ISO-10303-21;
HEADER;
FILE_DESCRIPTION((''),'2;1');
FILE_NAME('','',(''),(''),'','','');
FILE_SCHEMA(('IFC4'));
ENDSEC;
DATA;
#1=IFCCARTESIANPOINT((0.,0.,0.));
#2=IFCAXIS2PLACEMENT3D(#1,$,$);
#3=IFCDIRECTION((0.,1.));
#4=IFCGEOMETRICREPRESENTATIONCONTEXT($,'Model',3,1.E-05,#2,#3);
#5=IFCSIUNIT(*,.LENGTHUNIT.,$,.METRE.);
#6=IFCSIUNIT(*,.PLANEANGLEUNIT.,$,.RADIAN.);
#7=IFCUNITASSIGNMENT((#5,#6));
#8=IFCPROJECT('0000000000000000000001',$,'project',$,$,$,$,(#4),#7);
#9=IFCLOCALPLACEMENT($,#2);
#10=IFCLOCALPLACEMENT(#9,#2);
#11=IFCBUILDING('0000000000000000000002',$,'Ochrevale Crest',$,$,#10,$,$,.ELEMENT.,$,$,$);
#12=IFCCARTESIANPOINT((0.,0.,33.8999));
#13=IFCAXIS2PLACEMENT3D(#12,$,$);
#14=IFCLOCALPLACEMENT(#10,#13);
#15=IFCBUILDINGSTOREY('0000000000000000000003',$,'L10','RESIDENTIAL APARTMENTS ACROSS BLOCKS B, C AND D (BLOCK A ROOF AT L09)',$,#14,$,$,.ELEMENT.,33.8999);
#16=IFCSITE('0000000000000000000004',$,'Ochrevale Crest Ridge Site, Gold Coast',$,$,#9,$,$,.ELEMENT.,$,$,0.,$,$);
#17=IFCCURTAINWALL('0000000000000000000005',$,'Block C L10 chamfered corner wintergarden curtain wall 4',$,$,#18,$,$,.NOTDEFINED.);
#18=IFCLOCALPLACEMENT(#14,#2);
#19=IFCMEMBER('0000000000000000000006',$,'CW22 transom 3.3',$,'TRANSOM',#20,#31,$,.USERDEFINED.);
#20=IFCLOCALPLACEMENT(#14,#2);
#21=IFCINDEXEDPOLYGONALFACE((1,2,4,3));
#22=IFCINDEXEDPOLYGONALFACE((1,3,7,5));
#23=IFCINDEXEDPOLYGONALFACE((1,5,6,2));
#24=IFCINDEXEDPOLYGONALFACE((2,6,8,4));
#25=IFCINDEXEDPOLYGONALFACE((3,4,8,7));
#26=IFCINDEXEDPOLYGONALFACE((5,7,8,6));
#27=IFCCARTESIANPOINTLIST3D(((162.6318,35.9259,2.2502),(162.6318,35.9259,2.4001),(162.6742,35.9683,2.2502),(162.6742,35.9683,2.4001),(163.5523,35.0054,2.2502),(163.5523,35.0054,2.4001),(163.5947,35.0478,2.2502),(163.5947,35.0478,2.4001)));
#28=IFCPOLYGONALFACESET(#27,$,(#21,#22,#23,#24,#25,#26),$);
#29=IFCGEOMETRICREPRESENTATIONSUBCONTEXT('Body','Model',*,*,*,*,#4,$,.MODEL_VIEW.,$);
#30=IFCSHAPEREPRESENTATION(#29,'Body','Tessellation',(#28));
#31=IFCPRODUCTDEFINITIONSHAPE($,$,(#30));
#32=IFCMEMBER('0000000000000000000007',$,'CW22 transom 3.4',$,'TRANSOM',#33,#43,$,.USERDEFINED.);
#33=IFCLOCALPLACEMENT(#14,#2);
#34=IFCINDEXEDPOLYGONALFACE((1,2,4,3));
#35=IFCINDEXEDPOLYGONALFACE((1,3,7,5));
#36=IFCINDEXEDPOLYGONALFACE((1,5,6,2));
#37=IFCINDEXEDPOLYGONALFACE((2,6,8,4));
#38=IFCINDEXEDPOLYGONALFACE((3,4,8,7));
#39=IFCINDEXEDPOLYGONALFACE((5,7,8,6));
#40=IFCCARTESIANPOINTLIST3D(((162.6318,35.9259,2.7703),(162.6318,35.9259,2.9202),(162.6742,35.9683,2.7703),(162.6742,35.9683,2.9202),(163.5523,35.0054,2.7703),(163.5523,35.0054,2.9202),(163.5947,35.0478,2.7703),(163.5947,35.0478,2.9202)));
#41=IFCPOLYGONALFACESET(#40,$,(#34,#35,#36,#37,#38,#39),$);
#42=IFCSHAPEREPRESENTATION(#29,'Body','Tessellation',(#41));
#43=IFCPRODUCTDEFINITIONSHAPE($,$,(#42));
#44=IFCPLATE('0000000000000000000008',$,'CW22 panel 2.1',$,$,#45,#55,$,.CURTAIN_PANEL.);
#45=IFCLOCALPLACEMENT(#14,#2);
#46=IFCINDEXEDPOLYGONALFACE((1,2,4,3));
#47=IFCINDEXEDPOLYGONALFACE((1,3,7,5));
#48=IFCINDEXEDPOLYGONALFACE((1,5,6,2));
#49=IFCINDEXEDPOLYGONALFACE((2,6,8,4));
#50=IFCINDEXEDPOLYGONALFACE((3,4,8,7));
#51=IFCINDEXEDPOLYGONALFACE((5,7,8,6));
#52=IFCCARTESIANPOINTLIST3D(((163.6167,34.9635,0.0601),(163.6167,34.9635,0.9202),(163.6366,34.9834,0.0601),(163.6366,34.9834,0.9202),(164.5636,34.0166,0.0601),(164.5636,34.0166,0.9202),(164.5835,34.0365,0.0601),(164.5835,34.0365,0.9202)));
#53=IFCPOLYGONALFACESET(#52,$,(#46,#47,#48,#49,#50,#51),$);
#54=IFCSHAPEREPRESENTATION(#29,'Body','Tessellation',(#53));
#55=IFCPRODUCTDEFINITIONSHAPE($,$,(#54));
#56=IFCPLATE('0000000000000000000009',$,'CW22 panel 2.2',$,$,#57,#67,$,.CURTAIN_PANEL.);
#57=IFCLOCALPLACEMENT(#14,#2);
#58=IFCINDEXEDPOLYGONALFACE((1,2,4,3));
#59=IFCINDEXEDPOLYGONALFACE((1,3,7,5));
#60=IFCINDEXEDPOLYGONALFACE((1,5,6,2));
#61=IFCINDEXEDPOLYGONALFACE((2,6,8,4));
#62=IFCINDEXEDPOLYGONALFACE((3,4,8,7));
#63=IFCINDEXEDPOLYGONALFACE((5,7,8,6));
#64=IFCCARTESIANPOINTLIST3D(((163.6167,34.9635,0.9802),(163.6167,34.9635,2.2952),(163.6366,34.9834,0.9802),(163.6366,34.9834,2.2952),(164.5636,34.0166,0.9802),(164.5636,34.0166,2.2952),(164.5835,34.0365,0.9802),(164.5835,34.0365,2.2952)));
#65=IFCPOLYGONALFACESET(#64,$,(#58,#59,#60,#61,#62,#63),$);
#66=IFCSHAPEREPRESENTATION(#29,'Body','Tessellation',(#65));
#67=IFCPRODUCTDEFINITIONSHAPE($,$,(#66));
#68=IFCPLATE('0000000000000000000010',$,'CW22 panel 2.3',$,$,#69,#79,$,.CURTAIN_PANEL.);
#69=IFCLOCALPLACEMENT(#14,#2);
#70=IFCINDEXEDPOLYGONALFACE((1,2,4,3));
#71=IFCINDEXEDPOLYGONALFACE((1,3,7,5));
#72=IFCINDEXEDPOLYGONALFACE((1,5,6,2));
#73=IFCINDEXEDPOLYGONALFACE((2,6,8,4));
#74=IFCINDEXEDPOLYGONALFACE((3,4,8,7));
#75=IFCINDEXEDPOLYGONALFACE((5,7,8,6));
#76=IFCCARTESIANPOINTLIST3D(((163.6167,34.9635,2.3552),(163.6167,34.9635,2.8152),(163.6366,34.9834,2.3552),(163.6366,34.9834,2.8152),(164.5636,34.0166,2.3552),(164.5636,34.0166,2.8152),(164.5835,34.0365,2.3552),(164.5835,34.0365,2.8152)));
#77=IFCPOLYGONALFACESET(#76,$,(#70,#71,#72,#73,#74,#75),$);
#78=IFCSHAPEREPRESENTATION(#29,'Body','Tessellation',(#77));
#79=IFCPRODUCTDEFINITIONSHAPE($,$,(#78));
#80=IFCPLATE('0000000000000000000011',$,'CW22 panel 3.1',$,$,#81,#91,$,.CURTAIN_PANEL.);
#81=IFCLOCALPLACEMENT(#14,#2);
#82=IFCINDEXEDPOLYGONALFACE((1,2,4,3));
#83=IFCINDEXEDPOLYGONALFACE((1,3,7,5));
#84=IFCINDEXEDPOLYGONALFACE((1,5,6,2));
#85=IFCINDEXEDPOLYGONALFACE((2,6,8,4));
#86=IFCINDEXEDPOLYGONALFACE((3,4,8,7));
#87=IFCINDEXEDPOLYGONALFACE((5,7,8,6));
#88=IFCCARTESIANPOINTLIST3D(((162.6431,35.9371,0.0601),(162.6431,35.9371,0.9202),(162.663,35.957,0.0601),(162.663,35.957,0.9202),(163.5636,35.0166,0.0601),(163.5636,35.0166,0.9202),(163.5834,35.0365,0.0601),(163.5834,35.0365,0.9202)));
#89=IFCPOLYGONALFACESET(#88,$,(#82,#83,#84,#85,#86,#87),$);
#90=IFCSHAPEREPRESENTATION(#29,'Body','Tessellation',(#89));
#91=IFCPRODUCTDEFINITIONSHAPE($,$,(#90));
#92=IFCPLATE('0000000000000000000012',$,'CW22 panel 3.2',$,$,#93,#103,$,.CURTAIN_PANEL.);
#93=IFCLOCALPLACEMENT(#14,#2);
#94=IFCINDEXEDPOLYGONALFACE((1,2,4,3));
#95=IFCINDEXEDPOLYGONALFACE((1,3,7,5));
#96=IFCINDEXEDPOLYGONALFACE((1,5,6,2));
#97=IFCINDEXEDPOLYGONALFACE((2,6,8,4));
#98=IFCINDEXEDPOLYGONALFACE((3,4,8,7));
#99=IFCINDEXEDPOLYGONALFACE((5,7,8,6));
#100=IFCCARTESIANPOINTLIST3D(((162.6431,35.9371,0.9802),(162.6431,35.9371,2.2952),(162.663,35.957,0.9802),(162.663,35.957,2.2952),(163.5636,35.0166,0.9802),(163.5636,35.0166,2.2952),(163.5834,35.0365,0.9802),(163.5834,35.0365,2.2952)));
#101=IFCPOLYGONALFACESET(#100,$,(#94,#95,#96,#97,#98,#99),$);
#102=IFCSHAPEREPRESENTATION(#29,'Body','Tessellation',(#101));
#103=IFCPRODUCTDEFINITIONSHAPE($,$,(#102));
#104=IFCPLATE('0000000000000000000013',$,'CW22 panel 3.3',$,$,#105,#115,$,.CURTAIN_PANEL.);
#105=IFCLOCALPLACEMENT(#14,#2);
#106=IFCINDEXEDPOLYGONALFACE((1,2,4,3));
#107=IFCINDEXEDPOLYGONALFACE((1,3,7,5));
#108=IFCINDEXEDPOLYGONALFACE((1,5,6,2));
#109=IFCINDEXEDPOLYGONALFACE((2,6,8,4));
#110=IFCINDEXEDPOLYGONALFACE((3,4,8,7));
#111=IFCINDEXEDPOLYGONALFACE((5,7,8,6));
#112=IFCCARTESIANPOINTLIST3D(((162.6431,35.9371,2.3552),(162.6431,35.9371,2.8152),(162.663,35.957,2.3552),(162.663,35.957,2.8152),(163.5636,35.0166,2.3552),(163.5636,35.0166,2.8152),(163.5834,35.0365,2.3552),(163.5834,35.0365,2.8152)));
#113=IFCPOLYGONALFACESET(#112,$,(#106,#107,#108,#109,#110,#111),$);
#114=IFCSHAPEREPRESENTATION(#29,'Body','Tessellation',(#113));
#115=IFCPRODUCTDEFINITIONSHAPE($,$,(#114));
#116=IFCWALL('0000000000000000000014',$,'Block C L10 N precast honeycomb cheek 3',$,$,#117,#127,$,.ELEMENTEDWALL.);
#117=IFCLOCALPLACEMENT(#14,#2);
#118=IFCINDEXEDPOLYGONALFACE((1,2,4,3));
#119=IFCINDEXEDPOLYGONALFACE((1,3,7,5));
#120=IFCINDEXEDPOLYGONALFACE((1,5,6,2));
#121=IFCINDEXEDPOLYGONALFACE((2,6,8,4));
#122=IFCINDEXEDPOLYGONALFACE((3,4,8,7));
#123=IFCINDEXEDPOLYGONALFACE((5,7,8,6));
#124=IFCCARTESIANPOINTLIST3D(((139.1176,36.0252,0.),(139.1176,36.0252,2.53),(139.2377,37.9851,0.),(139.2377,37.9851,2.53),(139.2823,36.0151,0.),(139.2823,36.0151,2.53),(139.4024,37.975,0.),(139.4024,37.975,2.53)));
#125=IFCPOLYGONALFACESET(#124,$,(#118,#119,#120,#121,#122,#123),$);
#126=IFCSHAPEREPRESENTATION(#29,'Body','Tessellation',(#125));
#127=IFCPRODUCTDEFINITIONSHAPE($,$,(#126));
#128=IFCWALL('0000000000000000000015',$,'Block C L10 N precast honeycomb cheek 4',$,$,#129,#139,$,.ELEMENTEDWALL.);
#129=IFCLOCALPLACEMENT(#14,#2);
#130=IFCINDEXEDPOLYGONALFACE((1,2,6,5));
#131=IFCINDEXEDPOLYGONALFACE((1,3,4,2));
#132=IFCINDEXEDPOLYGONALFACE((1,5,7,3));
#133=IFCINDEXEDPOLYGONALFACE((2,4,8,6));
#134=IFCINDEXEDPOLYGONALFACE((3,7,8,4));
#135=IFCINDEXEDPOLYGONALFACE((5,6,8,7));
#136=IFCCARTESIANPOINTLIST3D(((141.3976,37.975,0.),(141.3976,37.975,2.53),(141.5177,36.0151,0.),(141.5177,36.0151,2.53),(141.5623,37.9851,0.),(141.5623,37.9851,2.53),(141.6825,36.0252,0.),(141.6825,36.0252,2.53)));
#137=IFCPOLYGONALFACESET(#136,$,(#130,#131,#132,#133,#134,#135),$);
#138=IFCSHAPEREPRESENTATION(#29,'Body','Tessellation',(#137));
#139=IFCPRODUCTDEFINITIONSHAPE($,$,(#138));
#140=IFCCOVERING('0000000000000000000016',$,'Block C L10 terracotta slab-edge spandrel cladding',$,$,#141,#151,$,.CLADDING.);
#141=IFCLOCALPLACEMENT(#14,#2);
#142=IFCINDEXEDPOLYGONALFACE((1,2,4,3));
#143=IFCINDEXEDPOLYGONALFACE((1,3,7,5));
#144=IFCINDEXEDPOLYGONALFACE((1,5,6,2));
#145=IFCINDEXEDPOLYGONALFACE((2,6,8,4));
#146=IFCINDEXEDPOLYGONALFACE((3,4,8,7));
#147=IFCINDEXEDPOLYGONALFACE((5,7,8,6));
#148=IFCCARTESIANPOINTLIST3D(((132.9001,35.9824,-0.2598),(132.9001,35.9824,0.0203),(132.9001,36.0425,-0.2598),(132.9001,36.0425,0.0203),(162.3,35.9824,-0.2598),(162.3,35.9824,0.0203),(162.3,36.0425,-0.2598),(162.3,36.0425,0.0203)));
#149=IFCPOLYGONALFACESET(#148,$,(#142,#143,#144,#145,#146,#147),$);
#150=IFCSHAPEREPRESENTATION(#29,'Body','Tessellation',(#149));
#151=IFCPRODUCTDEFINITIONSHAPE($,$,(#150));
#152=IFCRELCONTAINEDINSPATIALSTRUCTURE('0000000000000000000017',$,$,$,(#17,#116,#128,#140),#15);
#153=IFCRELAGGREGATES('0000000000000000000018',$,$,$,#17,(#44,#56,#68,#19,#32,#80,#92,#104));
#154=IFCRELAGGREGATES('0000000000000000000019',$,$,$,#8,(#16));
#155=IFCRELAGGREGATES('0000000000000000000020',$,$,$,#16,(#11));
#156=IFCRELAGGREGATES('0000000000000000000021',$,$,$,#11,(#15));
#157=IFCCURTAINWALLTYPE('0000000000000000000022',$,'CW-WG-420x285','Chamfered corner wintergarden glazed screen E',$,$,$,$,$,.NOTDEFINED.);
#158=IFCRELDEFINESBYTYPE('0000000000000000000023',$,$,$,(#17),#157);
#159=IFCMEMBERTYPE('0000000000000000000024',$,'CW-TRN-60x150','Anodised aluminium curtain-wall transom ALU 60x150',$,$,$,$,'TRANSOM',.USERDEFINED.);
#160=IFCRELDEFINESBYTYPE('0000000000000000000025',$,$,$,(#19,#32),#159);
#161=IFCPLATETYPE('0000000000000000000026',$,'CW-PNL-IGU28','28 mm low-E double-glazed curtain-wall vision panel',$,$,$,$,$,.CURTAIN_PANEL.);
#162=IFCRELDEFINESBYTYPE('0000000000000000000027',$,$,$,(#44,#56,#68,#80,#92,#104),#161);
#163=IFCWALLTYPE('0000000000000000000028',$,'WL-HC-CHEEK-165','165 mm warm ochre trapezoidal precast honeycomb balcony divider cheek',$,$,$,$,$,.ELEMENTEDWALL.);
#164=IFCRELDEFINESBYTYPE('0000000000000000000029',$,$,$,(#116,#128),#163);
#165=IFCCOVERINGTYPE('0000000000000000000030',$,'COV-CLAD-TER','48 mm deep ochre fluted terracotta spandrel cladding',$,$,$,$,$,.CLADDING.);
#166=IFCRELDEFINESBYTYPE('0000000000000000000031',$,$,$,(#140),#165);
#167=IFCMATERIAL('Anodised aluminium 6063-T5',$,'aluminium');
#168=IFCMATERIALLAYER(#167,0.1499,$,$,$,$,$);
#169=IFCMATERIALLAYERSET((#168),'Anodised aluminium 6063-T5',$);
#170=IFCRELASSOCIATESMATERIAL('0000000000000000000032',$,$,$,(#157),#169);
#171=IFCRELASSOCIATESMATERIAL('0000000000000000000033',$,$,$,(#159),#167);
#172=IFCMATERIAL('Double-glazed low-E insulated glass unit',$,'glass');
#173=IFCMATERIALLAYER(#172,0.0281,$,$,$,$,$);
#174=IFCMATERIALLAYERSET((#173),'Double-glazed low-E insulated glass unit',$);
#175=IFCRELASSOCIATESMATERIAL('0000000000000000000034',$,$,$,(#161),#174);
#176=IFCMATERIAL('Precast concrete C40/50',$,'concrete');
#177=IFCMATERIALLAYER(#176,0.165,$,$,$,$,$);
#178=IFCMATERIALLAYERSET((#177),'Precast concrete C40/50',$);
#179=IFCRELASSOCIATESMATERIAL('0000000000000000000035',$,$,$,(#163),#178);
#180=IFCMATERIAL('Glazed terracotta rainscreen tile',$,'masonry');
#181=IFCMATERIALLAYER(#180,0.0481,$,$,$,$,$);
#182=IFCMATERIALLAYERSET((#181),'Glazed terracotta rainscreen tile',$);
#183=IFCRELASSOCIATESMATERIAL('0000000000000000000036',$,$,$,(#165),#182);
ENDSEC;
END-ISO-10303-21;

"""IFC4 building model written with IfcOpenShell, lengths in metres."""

from ifc_helpers import new_model, si_unit, direction, frame, frame_2d, origin, origin_2d, place, context, subcontext, project, spatial, rectangle, extrude, material, layer, layer_set, material_profile, profile_set, type_object, element, aggregate, save


model = new_model("IFC4")

# Units and contexts
model_context = context("Model", 3, precision=1e-05, world=origin(), true_north=direction((0.0, 1.0)))
body_context = subcontext(model_context, "Body", "Model", "MODEL_VIEW")
ifc_project = project(units=[si_unit("LENGTHUNIT", "METRE"), si_unit("PLANEANGLEUNIT", "RADIAN")], contexts=[model_context])

# Site, building, storey
site_placement = place(None, origin())
site = spatial("IfcSite", under=ifc_project, at=site_placement, Name="Ochrevale Crest Ridge Site, Gold Coast", CompositionType="ELEMENT", RefElevation=0.0)
building_placement = place(site_placement, origin())
building = spatial("IfcBuilding", under=site, at=building_placement, Name="Ochrevale Crest", CompositionType="ELEMENT")
storey_placement = place(building_placement, frame((0.0, 0.0, 33.8999)))
storey = spatial("IfcBuildingStorey", under=building, at=storey_placement, Name="L10", Description="RESIDENTIAL APARTMENTS ACROSS BLOCKS B, C AND D (BLOCK A ROOF AT L09)", CompositionType="ELEMENT", Elevation=33.8999)

# Shared definitions
ifc_material_1 = material(Name="Precast concrete C40/50", Category="concrete")

# Curtain wall, members, plates
ifc_material_2 = material(Name="Anodised aluminium 6063-T5", Category="aluminium")
ifc_layer_1 = layer(ifc_material_2, 0.1499)
ifc_layer_set_1 = layer_set([ifc_layer_1], Name="Anodised aluminium 6063-T5")
curtain_wall_type = type_object("IfcCurtainWallType", Name="CW-WG-420x285", Description="Chamfered corner wintergarden glazed screen E", PredefinedType="NOTDEFINED", material=ifc_layer_set_1)
curtain_wall_placement = place(storey_placement, origin())
curtain_wall = element("IfcCurtainWall", 1, at=curtain_wall_placement, inside=storey, type_object=curtain_wall_type, Name="Block C L10 chamfered corner wintergarden curtain wall 4", PredefinedType="NOTDEFINED")
ifc_material_profile_1 = material_profile(ifc_material_2, rectangle(XDim=0.0601, YDim=0.1499, at=origin_2d()), Name="ALU 60x150")
ifc_profile_set_1 = profile_set([ifc_material_profile_1], Name="Anodised aluminium 6063-T5")
member_type_1 = type_object("IfcMemberType", Name="CW-TRN-60x150", Description="Anodised aluminium curtain-wall transom ALU 60x150", ElementType="TRANSOM", PredefinedType="USERDEFINED", material=ifc_profile_set_1)
member_1_placement = place(storey_placement, frame((163.5735, 35.0266, 2.3252), z_axis=(-0.707107, 0.707107, 0.0), x_axis=(-0.707107, -0.707107, 0.0)))
member_1 = element("IfcMember", 2, at=member_1_placement, type_object=member_type_1, Name="CW22 transom 3.3", ObjectType="TRANSOM", PredefinedType="USERDEFINED", context=body_context, shape_type="SweptSolid", body=[
    extrude(rectangle(XDim=0.0601, YDim=0.1499, at=origin_2d()), origin(), (0.0, 0.0, 1.0), 1.3018),
])
member_2_placement = place(storey_placement, frame((163.5735, 35.0266, 2.8452), z_axis=(-0.707107, 0.707107, 0.0), x_axis=(-0.707107, -0.707107, 0.0)))
member_2 = element("IfcMember", 3, at=member_2_placement, type_object=member_type_1, Name="CW22 transom 3.4", ObjectType="TRANSOM", PredefinedType="USERDEFINED", context=body_context, shape_type="SweptSolid", body=[
    extrude(rectangle(XDim=0.0601, YDim=0.1499, at=origin_2d()), origin(), (0.0, 0.0, 1.0), 1.3018),
])
ifc_material_3 = material(Name="Double-glazed low-E insulated glass unit", Category="glass")
ifc_layer_2 = layer(ifc_material_3, 0.0281)
ifc_layer_set_2 = layer_set([ifc_layer_2], Name="Double-glazed low-E insulated glass unit")
plate_type = type_object("IfcPlateType", Name="CW-PNL-IGU28", Description="28 mm low-E double-glazed curtain-wall vision panel", PredefinedType="CURTAIN_PANEL", material=ifc_layer_set_2)
plate_1_placement = place(storey_placement, frame((164.1001, 34.5, 0.0601), z_axis=(0.0, 0.0, 1.0), x_axis=(-0.707107, 0.707107, 0.0)))
plate_1 = element("IfcPlate", 4, at=plate_1_placement, type_object=plate_type, Name="CW22 panel 2.1", PredefinedType="CURTAIN_PANEL", context=body_context, shape_type="SweptSolid", body=[
    extrude(rectangle(XDim=1.3391, YDim=0.0281, at=origin_2d()), origin(), (0.0, 0.0, 1.0), 0.8601),
])
plate_2_placement = place(storey_placement, frame((164.1001, 34.5, 0.9802), z_axis=(0.0, 0.0, 1.0), x_axis=(-0.707107, 0.707107, 0.0)))
plate_2 = element("IfcPlate", 5, at=plate_2_placement, type_object=plate_type, Name="CW22 panel 2.2", PredefinedType="CURTAIN_PANEL", context=body_context, shape_type="SweptSolid", body=[
    extrude(rectangle(XDim=1.3391, YDim=0.0281, at=origin_2d()), origin(), (0.0, 0.0, 1.0), 1.3149),
])
plate_3_placement = place(storey_placement, frame((164.1001, 34.5, 2.3552), z_axis=(0.0, 0.0, 1.0), x_axis=(-0.707107, 0.707107, 0.0)))
plate_3 = element("IfcPlate", 6, at=plate_3_placement, type_object=plate_type, Name="CW22 panel 2.3", PredefinedType="CURTAIN_PANEL", context=body_context, shape_type="SweptSolid", body=[
    extrude(rectangle(XDim=1.3391, YDim=0.0281, at=origin_2d()), origin(), (0.0, 0.0, 1.0), 0.46),
])
plate_4_placement = place(storey_placement, frame((163.1133, 35.4868, 0.0601), z_axis=(0.0, 0.0, 1.0), x_axis=(-0.707107, 0.707107, 0.0)))
plate_4 = element("IfcPlate", 7, at=plate_4_placement, type_object=plate_type, Name="CW22 panel 3.1", PredefinedType="CURTAIN_PANEL", context=body_context, shape_type="SweptSolid", body=[
    extrude(rectangle(XDim=1.3018, YDim=0.0281, at=origin_2d()), origin(), (0.0, 0.0, 1.0), 0.8601),
])
plate_5_placement = place(storey_placement, frame((163.1133, 35.4868, 0.9802), z_axis=(0.0, 0.0, 1.0), x_axis=(-0.707107, 0.707107, 0.0)))
plate_5 = element("IfcPlate", 8, at=plate_5_placement, type_object=plate_type, Name="CW22 panel 3.2", PredefinedType="CURTAIN_PANEL", context=body_context, shape_type="SweptSolid", body=[
    extrude(rectangle(XDim=1.3018, YDim=0.0281, at=origin_2d()), origin(), (0.0, 0.0, 1.0), 1.3149),
])
plate_6_placement = place(storey_placement, frame((163.1133, 35.4868, 2.3552), z_axis=(0.0, 0.0, 1.0), x_axis=(-0.707107, 0.707107, 0.0)))
plate_6 = element("IfcPlate", 9, at=plate_6_placement, type_object=plate_type, Name="CW22 panel 3.3", PredefinedType="CURTAIN_PANEL", context=body_context, shape_type="SweptSolid", body=[
    extrude(rectangle(XDim=1.3018, YDim=0.0281, at=origin_2d()), origin(), (0.0, 0.0, 1.0), 0.46),
])
aggregate(curtain_wall, [plate_1, plate_2, plate_3, member_1, member_2, plate_4, plate_5, plate_6])

# Walls
ifc_layer_3 = layer(ifc_material_1, 0.165)
ifc_layer_set_3 = layer_set([ifc_layer_3], Name="Precast concrete C40/50")
wall_type_1 = type_object("IfcWallType", Name="WL-HC-CHEEK-165", Description="165 mm warm ochre trapezoidal precast honeycomb balcony divider cheek", PredefinedType="ELEMENTEDWALL", material=ifc_layer_set_3)
for number, where, z_axis, x_axis, name in (
    (10, (139.2, 36.02, 0.0), (0.0, 0.0, 1.0), (0.061171, 0.998127, 0.0), "Block C L10 N precast honeycomb cheek 3"),
    (11, (141.6001, 36.02, 0.0), (0.0, 0.0, 1.0), (-0.061171, 0.998127, 0.0), "Block C L10 N precast honeycomb cheek 4"),
):
    element("IfcWall", number, at=place(storey_placement, frame(where, z_axis=z_axis, x_axis=x_axis)), inside=storey, type_object=wall_type_1, Name=name, PredefinedType="ELEMENTEDWALL", context=body_context, shape_type="SweptSolid", body=[
        extrude(rectangle(XDim=1.9636, YDim=0.165, at=frame_2d((0.9819, 0.0))), origin(), (0.0, 0.0, 1.0), 2.53),
    ])

# Covering
ifc_material_4 = material(Name="Glazed terracotta rainscreen tile", Category="masonry")
ifc_layer_4 = layer(ifc_material_4, 0.0481)
ifc_layer_set_4 = layer_set([ifc_layer_4], Name="Glazed terracotta rainscreen tile")
covering_type = type_object("IfcCoveringType", Name="COV-CLAD-TER", Description="48 mm deep ochre fluted terracotta spandrel cladding", PredefinedType="CLADDING", material=ifc_layer_set_4)
covering_placement = place(storey_placement, frame((147.6001, 36.0125, -0.2598), z_axis=(0.0, 0.0, 1.0), x_axis=(-1.0, 0.0, 0.0)))
element("IfcCovering", 12, at=covering_placement, inside=storey, type_object=covering_type, Name="Block C L10 terracotta slab-edge spandrel cladding", PredefinedType="CLADDING", context=body_context, shape_type="SweptSolid", body=[
    extrude(rectangle(XDim=29.3999, YDim=0.0601, at=origin_2d()), origin(), (0.0, 0.0, 1.0), 0.28),
])

save(model, "model.ifc")
